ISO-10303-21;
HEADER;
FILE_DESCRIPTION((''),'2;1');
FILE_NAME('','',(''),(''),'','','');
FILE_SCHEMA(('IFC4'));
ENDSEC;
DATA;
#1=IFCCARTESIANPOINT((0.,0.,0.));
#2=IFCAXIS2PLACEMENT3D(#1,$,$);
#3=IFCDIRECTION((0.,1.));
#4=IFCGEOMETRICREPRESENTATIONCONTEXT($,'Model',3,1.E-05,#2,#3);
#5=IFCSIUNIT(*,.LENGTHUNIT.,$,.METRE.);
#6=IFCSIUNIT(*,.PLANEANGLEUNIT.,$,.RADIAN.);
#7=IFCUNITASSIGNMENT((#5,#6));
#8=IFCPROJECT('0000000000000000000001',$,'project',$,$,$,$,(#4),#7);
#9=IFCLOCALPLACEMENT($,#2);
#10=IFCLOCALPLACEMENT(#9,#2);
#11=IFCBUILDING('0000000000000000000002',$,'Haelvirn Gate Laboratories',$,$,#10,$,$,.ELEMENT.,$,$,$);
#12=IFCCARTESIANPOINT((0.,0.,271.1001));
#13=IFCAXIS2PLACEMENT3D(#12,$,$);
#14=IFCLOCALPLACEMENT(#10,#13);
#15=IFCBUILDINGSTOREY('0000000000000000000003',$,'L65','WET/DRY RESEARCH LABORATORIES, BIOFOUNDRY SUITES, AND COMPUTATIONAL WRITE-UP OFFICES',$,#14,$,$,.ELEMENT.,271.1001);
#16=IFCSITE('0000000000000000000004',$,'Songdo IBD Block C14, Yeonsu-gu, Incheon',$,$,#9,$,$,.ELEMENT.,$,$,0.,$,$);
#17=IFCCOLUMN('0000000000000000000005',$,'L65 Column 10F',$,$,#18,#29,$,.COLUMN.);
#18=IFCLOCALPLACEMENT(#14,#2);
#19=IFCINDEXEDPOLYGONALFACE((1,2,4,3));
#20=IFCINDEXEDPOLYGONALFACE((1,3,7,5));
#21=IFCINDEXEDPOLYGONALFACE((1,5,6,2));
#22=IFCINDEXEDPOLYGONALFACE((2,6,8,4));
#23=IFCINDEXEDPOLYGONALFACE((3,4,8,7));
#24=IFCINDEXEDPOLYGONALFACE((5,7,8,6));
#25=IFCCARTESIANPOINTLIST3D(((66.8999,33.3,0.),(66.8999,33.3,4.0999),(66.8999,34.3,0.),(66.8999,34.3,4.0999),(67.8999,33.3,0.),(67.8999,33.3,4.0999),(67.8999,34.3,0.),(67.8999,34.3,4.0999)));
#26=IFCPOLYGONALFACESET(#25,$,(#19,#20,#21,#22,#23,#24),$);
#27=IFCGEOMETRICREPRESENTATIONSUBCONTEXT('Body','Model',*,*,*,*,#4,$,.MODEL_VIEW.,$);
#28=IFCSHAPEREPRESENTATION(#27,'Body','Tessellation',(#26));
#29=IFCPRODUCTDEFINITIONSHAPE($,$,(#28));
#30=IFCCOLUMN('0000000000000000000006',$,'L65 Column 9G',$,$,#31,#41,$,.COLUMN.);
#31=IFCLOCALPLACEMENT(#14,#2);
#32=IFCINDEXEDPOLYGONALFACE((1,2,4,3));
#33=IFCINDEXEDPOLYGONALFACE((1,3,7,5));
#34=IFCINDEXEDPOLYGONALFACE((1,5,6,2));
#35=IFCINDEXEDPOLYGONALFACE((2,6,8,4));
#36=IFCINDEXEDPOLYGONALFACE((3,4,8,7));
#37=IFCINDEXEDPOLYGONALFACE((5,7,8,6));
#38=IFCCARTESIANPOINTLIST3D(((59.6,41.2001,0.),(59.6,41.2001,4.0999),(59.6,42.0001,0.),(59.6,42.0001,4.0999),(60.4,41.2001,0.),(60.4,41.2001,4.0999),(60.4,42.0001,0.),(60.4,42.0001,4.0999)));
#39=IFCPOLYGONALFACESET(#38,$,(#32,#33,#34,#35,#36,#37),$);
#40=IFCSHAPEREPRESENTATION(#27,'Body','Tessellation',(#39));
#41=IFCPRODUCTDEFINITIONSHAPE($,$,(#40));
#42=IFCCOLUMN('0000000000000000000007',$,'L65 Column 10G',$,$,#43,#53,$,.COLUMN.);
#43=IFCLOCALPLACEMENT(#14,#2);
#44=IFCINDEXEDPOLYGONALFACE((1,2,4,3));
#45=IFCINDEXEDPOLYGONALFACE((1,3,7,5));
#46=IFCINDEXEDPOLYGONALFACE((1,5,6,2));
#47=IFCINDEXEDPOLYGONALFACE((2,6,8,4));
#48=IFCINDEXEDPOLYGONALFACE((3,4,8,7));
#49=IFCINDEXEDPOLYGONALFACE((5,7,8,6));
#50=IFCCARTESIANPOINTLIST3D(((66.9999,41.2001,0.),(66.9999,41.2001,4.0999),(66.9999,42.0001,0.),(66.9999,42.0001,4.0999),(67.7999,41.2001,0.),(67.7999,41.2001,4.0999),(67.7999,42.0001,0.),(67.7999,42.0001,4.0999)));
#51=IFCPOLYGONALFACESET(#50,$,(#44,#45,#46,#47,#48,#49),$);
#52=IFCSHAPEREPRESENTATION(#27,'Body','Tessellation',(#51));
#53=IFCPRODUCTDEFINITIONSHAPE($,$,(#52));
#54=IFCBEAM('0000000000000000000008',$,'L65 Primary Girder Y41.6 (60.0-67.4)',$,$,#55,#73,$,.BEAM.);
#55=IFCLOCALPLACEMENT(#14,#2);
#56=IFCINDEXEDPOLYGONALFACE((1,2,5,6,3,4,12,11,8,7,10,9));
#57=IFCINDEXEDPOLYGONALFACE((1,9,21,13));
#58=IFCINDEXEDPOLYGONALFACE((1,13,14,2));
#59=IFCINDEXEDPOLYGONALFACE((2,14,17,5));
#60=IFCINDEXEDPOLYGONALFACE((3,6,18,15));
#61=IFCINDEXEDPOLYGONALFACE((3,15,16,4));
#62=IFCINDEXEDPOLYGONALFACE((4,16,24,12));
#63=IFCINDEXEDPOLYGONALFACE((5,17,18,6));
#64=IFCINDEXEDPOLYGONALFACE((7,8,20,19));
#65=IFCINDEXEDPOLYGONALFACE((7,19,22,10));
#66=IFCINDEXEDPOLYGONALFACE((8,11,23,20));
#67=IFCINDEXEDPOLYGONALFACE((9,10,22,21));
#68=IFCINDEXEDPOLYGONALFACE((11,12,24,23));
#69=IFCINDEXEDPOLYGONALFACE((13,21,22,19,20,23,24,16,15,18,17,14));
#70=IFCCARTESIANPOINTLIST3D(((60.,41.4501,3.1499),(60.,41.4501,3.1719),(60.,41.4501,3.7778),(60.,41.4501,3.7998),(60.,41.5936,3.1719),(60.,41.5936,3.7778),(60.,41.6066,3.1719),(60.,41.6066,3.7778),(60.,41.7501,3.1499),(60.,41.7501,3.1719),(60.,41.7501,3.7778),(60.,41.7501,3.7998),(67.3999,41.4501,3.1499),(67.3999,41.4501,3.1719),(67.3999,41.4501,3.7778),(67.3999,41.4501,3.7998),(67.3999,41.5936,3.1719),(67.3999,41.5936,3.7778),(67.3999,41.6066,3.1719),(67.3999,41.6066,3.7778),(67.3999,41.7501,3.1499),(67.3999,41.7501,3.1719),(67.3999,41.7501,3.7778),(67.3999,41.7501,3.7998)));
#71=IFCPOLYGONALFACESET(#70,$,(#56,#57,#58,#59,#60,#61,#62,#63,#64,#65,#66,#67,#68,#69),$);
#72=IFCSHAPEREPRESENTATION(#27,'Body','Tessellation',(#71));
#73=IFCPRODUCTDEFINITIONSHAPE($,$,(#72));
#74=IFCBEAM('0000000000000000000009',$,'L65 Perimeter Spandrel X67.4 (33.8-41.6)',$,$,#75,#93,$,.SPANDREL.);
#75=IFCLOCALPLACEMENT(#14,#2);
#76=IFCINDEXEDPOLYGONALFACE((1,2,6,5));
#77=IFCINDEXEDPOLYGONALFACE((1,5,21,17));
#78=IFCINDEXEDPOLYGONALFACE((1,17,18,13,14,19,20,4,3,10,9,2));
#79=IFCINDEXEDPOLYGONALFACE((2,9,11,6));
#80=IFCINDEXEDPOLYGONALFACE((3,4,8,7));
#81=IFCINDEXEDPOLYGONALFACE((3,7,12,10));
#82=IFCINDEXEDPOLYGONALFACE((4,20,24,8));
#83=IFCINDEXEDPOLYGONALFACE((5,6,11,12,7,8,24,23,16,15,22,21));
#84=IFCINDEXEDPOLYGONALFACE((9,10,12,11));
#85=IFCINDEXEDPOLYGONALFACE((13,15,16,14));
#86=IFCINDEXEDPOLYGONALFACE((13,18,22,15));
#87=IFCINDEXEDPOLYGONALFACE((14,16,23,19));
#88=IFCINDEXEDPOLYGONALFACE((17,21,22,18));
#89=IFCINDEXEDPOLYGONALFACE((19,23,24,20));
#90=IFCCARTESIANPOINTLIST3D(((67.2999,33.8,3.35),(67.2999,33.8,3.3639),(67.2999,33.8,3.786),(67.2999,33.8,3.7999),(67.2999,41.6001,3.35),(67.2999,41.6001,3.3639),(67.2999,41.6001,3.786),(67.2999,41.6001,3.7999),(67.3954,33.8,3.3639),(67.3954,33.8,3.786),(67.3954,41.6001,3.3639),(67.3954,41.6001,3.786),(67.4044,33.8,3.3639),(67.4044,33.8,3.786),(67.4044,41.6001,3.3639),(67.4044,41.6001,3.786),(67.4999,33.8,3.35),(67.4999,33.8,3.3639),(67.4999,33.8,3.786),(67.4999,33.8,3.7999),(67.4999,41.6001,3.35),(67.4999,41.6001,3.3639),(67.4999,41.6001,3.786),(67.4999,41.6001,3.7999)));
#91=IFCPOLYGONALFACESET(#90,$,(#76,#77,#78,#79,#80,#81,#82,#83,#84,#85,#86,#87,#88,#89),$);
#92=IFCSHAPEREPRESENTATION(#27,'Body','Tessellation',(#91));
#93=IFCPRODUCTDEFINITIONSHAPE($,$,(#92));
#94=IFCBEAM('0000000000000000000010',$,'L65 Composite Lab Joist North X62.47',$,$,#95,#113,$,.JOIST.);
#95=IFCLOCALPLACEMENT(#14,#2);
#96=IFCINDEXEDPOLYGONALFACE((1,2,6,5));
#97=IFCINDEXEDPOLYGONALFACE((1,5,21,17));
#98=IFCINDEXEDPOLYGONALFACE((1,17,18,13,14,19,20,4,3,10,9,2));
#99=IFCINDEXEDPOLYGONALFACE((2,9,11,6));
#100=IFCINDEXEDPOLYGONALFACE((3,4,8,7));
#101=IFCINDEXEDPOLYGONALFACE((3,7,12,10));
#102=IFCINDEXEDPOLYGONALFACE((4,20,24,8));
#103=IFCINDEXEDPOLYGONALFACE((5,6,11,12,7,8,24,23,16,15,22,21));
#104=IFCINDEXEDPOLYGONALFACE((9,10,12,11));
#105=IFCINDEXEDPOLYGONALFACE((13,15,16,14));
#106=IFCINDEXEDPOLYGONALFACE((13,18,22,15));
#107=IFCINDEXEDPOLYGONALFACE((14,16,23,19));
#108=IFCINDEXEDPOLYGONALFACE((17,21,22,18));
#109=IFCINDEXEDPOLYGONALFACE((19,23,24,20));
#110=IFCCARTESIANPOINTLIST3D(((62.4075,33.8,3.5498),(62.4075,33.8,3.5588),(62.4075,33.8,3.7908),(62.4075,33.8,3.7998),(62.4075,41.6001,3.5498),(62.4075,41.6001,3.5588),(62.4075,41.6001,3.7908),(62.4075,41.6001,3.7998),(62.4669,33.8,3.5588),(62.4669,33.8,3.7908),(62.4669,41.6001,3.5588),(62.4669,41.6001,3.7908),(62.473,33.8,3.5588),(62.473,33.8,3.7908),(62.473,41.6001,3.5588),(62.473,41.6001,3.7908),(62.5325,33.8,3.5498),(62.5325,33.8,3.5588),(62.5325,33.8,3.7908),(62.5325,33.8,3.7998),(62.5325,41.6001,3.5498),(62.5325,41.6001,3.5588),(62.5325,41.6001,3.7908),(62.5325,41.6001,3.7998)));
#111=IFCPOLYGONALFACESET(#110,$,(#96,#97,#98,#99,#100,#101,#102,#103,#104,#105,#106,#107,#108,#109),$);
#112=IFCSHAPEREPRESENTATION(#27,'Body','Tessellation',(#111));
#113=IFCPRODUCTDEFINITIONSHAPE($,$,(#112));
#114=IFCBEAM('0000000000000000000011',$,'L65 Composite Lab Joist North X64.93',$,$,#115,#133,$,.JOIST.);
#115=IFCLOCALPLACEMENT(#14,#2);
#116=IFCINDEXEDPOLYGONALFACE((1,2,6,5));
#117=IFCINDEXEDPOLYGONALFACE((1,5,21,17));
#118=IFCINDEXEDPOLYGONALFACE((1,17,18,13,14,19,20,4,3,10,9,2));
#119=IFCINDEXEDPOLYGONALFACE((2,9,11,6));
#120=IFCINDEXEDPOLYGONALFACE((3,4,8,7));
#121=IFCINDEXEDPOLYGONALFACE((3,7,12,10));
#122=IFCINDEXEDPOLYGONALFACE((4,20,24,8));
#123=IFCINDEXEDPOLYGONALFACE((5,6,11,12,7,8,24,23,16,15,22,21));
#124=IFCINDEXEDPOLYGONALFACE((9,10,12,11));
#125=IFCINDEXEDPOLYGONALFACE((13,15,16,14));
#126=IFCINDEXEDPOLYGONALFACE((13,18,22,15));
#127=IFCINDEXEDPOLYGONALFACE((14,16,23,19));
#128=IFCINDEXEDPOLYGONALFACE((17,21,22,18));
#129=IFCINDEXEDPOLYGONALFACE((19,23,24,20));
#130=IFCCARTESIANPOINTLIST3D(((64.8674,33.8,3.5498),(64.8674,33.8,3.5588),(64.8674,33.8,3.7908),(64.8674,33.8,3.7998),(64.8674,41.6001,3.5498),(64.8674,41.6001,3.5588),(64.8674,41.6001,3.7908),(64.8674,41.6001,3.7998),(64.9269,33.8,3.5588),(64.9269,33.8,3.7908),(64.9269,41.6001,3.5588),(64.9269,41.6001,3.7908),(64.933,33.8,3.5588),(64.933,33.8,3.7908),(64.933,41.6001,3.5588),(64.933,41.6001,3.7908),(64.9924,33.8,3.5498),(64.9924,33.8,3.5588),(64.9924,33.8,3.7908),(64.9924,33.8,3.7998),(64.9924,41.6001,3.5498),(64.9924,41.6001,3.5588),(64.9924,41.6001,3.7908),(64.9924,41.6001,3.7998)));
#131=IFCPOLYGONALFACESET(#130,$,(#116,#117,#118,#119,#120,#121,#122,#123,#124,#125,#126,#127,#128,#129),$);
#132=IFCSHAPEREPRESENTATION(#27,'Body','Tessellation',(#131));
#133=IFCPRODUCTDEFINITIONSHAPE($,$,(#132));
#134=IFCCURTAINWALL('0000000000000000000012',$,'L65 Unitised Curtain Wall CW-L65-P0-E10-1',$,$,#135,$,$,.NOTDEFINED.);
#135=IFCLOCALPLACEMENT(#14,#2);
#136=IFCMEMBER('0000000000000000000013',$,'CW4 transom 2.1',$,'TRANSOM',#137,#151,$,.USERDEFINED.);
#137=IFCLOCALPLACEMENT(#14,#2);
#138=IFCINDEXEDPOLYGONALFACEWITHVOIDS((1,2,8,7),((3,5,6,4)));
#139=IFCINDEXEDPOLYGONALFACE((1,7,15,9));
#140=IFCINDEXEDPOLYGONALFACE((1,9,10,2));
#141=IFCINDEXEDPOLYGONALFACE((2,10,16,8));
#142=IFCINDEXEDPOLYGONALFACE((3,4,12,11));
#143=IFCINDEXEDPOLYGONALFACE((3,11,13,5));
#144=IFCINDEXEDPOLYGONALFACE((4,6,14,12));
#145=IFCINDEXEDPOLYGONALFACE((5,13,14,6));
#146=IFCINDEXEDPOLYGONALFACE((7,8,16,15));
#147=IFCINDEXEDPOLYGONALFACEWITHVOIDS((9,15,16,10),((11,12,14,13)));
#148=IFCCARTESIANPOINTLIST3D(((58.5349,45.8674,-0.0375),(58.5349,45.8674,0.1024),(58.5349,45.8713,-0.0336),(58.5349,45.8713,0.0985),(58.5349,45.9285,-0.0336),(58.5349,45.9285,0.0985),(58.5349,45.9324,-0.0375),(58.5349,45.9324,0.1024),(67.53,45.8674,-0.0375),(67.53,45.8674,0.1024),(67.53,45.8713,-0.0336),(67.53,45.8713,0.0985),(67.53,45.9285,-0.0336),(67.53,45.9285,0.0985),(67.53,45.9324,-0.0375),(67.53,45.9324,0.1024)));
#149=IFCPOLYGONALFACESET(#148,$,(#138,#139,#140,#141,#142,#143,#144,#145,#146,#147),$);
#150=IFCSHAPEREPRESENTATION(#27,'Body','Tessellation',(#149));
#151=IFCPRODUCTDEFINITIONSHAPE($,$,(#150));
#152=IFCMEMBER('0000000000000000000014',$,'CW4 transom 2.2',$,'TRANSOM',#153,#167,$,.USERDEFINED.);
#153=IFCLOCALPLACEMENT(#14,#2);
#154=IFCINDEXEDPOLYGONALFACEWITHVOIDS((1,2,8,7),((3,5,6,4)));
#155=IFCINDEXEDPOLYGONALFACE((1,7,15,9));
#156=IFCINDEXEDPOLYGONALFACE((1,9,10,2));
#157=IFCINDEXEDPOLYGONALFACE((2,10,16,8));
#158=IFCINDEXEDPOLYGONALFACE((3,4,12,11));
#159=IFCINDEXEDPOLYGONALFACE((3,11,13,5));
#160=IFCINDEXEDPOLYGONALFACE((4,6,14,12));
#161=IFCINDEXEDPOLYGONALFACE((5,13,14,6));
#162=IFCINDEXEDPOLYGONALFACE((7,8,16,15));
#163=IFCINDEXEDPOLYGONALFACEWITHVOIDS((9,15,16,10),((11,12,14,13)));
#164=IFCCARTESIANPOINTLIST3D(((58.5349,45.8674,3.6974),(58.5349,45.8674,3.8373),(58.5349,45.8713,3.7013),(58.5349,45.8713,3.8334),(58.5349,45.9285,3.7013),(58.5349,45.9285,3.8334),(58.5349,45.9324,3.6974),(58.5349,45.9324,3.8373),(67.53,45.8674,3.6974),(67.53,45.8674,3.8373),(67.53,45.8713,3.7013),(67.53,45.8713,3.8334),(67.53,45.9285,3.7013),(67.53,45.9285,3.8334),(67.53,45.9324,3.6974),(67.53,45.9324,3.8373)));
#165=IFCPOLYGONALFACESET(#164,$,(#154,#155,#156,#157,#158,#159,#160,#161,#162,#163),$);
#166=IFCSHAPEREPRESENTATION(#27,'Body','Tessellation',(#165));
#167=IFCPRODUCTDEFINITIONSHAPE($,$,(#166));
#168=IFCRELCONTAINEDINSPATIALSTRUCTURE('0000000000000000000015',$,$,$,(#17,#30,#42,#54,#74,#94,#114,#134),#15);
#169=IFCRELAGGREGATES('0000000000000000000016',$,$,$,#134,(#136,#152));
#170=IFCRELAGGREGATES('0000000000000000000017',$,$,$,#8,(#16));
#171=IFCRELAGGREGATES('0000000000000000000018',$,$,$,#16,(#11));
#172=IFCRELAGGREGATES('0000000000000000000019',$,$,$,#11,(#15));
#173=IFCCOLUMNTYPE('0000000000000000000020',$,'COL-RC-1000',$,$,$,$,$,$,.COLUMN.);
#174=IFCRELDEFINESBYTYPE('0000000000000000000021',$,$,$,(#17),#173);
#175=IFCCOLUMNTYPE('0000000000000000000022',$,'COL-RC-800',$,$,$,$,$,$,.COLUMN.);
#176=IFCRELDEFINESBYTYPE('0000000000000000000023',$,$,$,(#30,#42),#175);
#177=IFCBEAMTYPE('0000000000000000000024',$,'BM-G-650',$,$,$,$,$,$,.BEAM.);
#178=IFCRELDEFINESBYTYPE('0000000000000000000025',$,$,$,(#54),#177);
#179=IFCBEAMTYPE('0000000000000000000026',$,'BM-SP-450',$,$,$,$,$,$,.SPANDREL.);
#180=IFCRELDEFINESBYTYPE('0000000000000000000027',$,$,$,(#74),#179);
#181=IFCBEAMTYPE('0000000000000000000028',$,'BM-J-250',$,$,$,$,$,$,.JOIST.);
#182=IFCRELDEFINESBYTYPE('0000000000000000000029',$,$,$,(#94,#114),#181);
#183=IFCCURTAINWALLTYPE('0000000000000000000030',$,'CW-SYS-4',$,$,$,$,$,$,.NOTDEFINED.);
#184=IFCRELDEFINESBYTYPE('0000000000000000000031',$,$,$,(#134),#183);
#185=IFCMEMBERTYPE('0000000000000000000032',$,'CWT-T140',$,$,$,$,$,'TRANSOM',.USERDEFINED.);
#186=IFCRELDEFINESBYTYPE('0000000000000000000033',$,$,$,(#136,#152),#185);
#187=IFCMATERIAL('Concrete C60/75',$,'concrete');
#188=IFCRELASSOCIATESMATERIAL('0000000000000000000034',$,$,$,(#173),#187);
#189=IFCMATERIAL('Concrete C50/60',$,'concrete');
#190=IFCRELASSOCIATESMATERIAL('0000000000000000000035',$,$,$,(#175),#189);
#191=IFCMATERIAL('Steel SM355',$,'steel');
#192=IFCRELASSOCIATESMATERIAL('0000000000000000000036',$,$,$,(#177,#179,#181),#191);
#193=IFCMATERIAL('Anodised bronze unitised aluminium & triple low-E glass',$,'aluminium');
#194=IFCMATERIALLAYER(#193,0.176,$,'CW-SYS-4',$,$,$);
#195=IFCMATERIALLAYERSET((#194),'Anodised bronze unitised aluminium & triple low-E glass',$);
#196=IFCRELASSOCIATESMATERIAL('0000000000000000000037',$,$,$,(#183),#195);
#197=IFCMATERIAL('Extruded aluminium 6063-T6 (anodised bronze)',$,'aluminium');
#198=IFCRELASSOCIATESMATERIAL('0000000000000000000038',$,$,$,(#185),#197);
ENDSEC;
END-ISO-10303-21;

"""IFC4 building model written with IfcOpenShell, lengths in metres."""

from ifc_helpers import new_model, si_unit, direction, frame, origin, origin_2d, place, context, subcontext, project, spatial, rectangle, hollow_rectangle, i_section, extrude, source, transform, mapped, material, layer, layer_set, material_profile, profile_set, type_object, type_shapes, element, aggregate, save


model = new_model("IFC4")

# Units and contexts
model_context = context("Model", 3, precision=1e-05, world=origin(), true_north=direction((0.0, 1.0)))
body_context = subcontext(model_context, "Body", "Model", "MODEL_VIEW")
ifc_project = project(units=[si_unit("LENGTHUNIT", "METRE"), si_unit("PLANEANGLEUNIT", "RADIAN")], contexts=[model_context])

# Site, building, storey
site_placement = place(None, origin())
site = spatial("IfcSite", under=ifc_project, at=site_placement, Name="Songdo IBD Block C14, Yeonsu-gu, Incheon", CompositionType="ELEMENT", RefElevation=0.0)
building_placement = place(site_placement, origin())
building = spatial("IfcBuilding", under=site, at=building_placement, Name="Haelvirn Gate Laboratories", CompositionType="ELEMENT")
storey_placement = place(building_placement, frame((0.0, 0.0, 271.1001)))
storey = spatial("IfcBuildingStorey", under=building, at=storey_placement, Name="L65", Description="WET/DRY RESEARCH LABORATORIES, BIOFOUNDRY SUITES, AND COMPUTATIONAL WRITE-UP OFFICES", CompositionType="ELEMENT", Elevation=271.1001)

# Columns
ifc_material_1 = material(Name="Concrete C60/75", Category="concrete")
ifc_material_profile_1 = material_profile(ifc_material_1, rectangle(XDim=1.0, YDim=1.0, at=origin_2d()), Name="RC-1000x1000")
ifc_profile_set_1 = profile_set([ifc_material_profile_1], Name="Concrete C60/75")
column_type_1 = type_object("IfcColumnType", Name="COL-RC-1000", PredefinedType="COLUMN", material=ifc_profile_set_1)
shared_shape_1 = source(origin(), body_context, "Body", "SweptSolid", [
    extrude(rectangle(XDim=1.0, YDim=1.0, at=origin_2d()), origin(), (0.0, 0.0, 1.0), 4.0999),
])
type_shapes(column_type_1, [shared_shape_1])
column_placement = place(storey_placement, frame((67.3999, 33.8, 0.0), z_axis=(0.0, 0.0, 1.0), x_axis=(1.0, 0.0, 0.0)))
element("IfcColumn", 1, at=column_placement, inside=storey, type_object=column_type_1, Name="L65 Column 10F", PredefinedType="COLUMN", context=body_context, shape_type="MappedRepresentation", body=[
    mapped(shared_shape_1, transform((0.0, 0.0, 0.0), scale=1.0)),
])
ifc_material_2 = material(Name="Concrete C50/60", Category="concrete")
ifc_material_profile_2 = material_profile(ifc_material_2, rectangle(XDim=0.8, YDim=0.8, at=origin_2d()), Name="RC-800x800")
ifc_profile_set_2 = profile_set([ifc_material_profile_2], Name="Concrete C50/60")
column_type_2 = type_object("IfcColumnType", Name="COL-RC-800", PredefinedType="COLUMN", material=ifc_profile_set_2)
shared_shape_2 = source(origin(), body_context, "Body", "SweptSolid", [
    extrude(rectangle(XDim=0.8, YDim=0.8, at=origin_2d()), origin(), (0.0, 0.0, 1.0), 4.0999),
])
type_shapes(column_type_2, [shared_shape_2])
for number, where, z_axis, x_axis, name in (
    (2, (60.0, 41.6001, 0.0), (0.0, 0.0, 1.0), (1.0, 0.0, 0.0), "L65 Column 9G"),
    (3, (67.3999, 41.6001, 0.0), (0.0, 0.0, 1.0), (1.0, 0.0, 0.0), "L65 Column 10G"),
):
    element("IfcColumn", number, at=place(storey_placement, frame(where, z_axis=z_axis, x_axis=x_axis)), inside=storey, type_object=column_type_2, Name=name, PredefinedType="COLUMN", context=body_context, shape_type="MappedRepresentation", body=[
        mapped(shared_shape_2, transform((0.0, 0.0, 0.0), scale=1.0)),
    ])

# Beams
ifc_material_3 = material(Name="Steel SM355", Category="steel")
ifc_material_profile_3 = material_profile(ifc_material_3, i_section(OverallWidth=0.3, OverallDepth=0.6499, WebThickness=0.0129, FlangeThickness=0.022, at=origin_2d()), Name="H-650x300x13x22")
ifc_profile_set_3 = profile_set([ifc_material_profile_3], Name="Steel SM355")
beam_type_1 = type_object("IfcBeamType", Name="BM-G-650", PredefinedType="BEAM", material=ifc_profile_set_3)
shared_shape_3 = source(origin(), body_context, "Body", "SweptSolid", [
    extrude(i_section(OverallWidth=0.3, OverallDepth=0.6499, WebThickness=0.0129, FlangeThickness=0.022, at=origin_2d()), origin(), (0.0, 0.0, 1.0), 7.3999),
])
type_shapes(beam_type_1, [shared_shape_3])
beam_1_placement = place(storey_placement, frame((60.0, 41.6001, 3.4749), z_axis=(1.0, 0.0, 0.0), x_axis=(0.0, 1.0, 0.0)))
element("IfcBeam", 4, at=beam_1_placement, inside=storey, type_object=beam_type_1, Name="L65 Primary Girder Y41.6 (60.0-67.4)", PredefinedType="BEAM", context=body_context, shape_type="MappedRepresentation", body=[
    mapped(shared_shape_3, transform((0.0, 0.0, 0.0), scale=1.0)),
])
ifc_material_profile_4 = material_profile(ifc_material_3, i_section(OverallWidth=0.2, OverallDepth=0.45, WebThickness=0.009, FlangeThickness=0.0139, at=origin_2d()), Name="H-450x200x9x14")
ifc_profile_set_4 = profile_set([ifc_material_profile_4], Name="Steel SM355")
beam_type_2 = type_object("IfcBeamType", Name="BM-SP-450", PredefinedType="SPANDREL", material=ifc_profile_set_4)
shared_shape_4 = source(origin(), body_context, "Body", "SweptSolid", [
    extrude(i_section(OverallWidth=0.2, OverallDepth=0.45, WebThickness=0.009, FlangeThickness=0.0139, at=origin_2d()), origin(), (0.0, 0.0, 1.0), 7.8),
])
type_shapes(beam_type_2, [shared_shape_4])
beam_2_placement = place(storey_placement, frame((67.3999, 33.8, 3.575), z_axis=(0.0, 1.0, 0.0), x_axis=(-1.0, 0.0, 0.0)))
element("IfcBeam", 5, at=beam_2_placement, inside=storey, type_object=beam_type_2, Name="L65 Perimeter Spandrel X67.4 (33.8-41.6)", PredefinedType="SPANDREL", context=body_context, shape_type="MappedRepresentation", body=[
    mapped(shared_shape_4, transform((0.0, 0.0, 0.0), scale=1.0)),
])
ifc_material_profile_5 = material_profile(ifc_material_3, i_section(OverallWidth=0.125, OverallDepth=0.25, WebThickness=0.0061, FlangeThickness=0.009, at=origin_2d()), Name="H-250x125x6x9")
ifc_profile_set_5 = profile_set([ifc_material_profile_5], Name="Steel SM355")
beam_type_3 = type_object("IfcBeamType", Name="BM-J-250", PredefinedType="JOIST", material=ifc_profile_set_5)
shared_shape_5 = source(origin(), body_context, "Body", "SweptSolid", [
    extrude(i_section(OverallWidth=0.125, OverallDepth=0.25, WebThickness=0.0061, FlangeThickness=0.009, at=origin_2d()), origin(), (0.0, 0.0, 1.0), 7.8),
])
type_shapes(beam_type_3, [shared_shape_5])
for number, where, z_axis, x_axis, name in (
    (6, (62.47, 33.8, 3.6748), (0.0, 1.0, 0.0), (-1.0, 0.0, 0.0), "L65 Composite Lab Joist North X62.47"),
    (7, (64.9299, 33.8, 3.6748), (0.0, 1.0, 0.0), (-1.0, 0.0, 0.0), "L65 Composite Lab Joist North X64.93"),
):
    element("IfcBeam", number, at=place(storey_placement, frame(where, z_axis=z_axis, x_axis=x_axis)), inside=storey, type_object=beam_type_3, Name=name, PredefinedType="JOIST", context=body_context, shape_type="MappedRepresentation", body=[
        mapped(shared_shape_5, transform((0.0, 0.0, 0.0), scale=1.0)),
    ])

# Curtain wall, members
ifc_material_4 = material(Name="Anodised bronze unitised aluminium & triple low-E glass", Category="aluminium")
ifc_layer_1 = layer(ifc_material_4, 0.176, Name="CW-SYS-4")
ifc_layer_set_1 = layer_set([ifc_layer_1], Name="Anodised bronze unitised aluminium & triple low-E glass")
curtain_wall_type_1 = type_object("IfcCurtainWallType", Name="CW-SYS-4", PredefinedType="NOTDEFINED", material=ifc_layer_set_1)
curtain_wall_1_placement = place(storey_placement, origin())
curtain_wall_1 = element("IfcCurtainWall", 8, at=curtain_wall_1_placement, inside=storey, type_object=curtain_wall_type_1, Name="L65 Unitised Curtain Wall CW-L65-P0-E10-1", PredefinedType="NOTDEFINED")
ifc_material_5 = material(Name="Extruded aluminium 6063-T6 (anodised bronze)", Category="aluminium")
ifc_material_profile_6 = material_profile(ifc_material_5, hollow_rectangle(XDim=0.0649, YDim=0.1399, WallThickness=0.0039, at=origin_2d()), Name="CWT-140x65x4")
ifc_profile_set_6 = profile_set([ifc_material_profile_6], Name="Extruded aluminium 6063-T6 (anodised bronze)")
member_type_1 = type_object("IfcMemberType", Name="CWT-T140", ElementType="TRANSOM", PredefinedType="USERDEFINED", material=ifc_profile_set_6)
shared_shape_6 = source(origin(), body_context, "Body", "SweptSolid", [
    extrude(hollow_rectangle(XDim=0.0649, YDim=0.1399, WallThickness=0.0039, at=origin_2d()), origin(), (0.0, 0.0, 1.0), 8.9951),
])
member_1_placement = place(storey_placement, frame((58.5349, 45.8999, 0.0325), z_axis=(1.0, 0.0, 0.0), x_axis=(0.0, 1.0, 0.0)))
member_1 = element("IfcMember", 9, at=member_1_placement, type_object=member_type_1, Name="CW4 transom 2.1", ObjectType="TRANSOM", PredefinedType="USERDEFINED", context=body_context, shape_type="MappedRepresentation", body=[
    mapped(shared_shape_6, transform((0.0, 0.0, 0.0), scale=1.0)),
])
member_2_placement = place(storey_placement, frame((58.5349, 45.8999, 3.7673), z_axis=(1.0, 0.0, 0.0), x_axis=(0.0, 1.0, 0.0)))
member_2 = element("IfcMember", 10, at=member_2_placement, type_object=member_type_1, Name="CW4 transom 2.2", ObjectType="TRANSOM", PredefinedType="USERDEFINED", context=body_context, shape_type="MappedRepresentation", body=[
    mapped(shared_shape_6, transform((0.0, 0.0, 0.0), scale=1.0)),
])

aggregate(curtain_wall_1, [member_1, member_2])

save(model, "model.ifc")
